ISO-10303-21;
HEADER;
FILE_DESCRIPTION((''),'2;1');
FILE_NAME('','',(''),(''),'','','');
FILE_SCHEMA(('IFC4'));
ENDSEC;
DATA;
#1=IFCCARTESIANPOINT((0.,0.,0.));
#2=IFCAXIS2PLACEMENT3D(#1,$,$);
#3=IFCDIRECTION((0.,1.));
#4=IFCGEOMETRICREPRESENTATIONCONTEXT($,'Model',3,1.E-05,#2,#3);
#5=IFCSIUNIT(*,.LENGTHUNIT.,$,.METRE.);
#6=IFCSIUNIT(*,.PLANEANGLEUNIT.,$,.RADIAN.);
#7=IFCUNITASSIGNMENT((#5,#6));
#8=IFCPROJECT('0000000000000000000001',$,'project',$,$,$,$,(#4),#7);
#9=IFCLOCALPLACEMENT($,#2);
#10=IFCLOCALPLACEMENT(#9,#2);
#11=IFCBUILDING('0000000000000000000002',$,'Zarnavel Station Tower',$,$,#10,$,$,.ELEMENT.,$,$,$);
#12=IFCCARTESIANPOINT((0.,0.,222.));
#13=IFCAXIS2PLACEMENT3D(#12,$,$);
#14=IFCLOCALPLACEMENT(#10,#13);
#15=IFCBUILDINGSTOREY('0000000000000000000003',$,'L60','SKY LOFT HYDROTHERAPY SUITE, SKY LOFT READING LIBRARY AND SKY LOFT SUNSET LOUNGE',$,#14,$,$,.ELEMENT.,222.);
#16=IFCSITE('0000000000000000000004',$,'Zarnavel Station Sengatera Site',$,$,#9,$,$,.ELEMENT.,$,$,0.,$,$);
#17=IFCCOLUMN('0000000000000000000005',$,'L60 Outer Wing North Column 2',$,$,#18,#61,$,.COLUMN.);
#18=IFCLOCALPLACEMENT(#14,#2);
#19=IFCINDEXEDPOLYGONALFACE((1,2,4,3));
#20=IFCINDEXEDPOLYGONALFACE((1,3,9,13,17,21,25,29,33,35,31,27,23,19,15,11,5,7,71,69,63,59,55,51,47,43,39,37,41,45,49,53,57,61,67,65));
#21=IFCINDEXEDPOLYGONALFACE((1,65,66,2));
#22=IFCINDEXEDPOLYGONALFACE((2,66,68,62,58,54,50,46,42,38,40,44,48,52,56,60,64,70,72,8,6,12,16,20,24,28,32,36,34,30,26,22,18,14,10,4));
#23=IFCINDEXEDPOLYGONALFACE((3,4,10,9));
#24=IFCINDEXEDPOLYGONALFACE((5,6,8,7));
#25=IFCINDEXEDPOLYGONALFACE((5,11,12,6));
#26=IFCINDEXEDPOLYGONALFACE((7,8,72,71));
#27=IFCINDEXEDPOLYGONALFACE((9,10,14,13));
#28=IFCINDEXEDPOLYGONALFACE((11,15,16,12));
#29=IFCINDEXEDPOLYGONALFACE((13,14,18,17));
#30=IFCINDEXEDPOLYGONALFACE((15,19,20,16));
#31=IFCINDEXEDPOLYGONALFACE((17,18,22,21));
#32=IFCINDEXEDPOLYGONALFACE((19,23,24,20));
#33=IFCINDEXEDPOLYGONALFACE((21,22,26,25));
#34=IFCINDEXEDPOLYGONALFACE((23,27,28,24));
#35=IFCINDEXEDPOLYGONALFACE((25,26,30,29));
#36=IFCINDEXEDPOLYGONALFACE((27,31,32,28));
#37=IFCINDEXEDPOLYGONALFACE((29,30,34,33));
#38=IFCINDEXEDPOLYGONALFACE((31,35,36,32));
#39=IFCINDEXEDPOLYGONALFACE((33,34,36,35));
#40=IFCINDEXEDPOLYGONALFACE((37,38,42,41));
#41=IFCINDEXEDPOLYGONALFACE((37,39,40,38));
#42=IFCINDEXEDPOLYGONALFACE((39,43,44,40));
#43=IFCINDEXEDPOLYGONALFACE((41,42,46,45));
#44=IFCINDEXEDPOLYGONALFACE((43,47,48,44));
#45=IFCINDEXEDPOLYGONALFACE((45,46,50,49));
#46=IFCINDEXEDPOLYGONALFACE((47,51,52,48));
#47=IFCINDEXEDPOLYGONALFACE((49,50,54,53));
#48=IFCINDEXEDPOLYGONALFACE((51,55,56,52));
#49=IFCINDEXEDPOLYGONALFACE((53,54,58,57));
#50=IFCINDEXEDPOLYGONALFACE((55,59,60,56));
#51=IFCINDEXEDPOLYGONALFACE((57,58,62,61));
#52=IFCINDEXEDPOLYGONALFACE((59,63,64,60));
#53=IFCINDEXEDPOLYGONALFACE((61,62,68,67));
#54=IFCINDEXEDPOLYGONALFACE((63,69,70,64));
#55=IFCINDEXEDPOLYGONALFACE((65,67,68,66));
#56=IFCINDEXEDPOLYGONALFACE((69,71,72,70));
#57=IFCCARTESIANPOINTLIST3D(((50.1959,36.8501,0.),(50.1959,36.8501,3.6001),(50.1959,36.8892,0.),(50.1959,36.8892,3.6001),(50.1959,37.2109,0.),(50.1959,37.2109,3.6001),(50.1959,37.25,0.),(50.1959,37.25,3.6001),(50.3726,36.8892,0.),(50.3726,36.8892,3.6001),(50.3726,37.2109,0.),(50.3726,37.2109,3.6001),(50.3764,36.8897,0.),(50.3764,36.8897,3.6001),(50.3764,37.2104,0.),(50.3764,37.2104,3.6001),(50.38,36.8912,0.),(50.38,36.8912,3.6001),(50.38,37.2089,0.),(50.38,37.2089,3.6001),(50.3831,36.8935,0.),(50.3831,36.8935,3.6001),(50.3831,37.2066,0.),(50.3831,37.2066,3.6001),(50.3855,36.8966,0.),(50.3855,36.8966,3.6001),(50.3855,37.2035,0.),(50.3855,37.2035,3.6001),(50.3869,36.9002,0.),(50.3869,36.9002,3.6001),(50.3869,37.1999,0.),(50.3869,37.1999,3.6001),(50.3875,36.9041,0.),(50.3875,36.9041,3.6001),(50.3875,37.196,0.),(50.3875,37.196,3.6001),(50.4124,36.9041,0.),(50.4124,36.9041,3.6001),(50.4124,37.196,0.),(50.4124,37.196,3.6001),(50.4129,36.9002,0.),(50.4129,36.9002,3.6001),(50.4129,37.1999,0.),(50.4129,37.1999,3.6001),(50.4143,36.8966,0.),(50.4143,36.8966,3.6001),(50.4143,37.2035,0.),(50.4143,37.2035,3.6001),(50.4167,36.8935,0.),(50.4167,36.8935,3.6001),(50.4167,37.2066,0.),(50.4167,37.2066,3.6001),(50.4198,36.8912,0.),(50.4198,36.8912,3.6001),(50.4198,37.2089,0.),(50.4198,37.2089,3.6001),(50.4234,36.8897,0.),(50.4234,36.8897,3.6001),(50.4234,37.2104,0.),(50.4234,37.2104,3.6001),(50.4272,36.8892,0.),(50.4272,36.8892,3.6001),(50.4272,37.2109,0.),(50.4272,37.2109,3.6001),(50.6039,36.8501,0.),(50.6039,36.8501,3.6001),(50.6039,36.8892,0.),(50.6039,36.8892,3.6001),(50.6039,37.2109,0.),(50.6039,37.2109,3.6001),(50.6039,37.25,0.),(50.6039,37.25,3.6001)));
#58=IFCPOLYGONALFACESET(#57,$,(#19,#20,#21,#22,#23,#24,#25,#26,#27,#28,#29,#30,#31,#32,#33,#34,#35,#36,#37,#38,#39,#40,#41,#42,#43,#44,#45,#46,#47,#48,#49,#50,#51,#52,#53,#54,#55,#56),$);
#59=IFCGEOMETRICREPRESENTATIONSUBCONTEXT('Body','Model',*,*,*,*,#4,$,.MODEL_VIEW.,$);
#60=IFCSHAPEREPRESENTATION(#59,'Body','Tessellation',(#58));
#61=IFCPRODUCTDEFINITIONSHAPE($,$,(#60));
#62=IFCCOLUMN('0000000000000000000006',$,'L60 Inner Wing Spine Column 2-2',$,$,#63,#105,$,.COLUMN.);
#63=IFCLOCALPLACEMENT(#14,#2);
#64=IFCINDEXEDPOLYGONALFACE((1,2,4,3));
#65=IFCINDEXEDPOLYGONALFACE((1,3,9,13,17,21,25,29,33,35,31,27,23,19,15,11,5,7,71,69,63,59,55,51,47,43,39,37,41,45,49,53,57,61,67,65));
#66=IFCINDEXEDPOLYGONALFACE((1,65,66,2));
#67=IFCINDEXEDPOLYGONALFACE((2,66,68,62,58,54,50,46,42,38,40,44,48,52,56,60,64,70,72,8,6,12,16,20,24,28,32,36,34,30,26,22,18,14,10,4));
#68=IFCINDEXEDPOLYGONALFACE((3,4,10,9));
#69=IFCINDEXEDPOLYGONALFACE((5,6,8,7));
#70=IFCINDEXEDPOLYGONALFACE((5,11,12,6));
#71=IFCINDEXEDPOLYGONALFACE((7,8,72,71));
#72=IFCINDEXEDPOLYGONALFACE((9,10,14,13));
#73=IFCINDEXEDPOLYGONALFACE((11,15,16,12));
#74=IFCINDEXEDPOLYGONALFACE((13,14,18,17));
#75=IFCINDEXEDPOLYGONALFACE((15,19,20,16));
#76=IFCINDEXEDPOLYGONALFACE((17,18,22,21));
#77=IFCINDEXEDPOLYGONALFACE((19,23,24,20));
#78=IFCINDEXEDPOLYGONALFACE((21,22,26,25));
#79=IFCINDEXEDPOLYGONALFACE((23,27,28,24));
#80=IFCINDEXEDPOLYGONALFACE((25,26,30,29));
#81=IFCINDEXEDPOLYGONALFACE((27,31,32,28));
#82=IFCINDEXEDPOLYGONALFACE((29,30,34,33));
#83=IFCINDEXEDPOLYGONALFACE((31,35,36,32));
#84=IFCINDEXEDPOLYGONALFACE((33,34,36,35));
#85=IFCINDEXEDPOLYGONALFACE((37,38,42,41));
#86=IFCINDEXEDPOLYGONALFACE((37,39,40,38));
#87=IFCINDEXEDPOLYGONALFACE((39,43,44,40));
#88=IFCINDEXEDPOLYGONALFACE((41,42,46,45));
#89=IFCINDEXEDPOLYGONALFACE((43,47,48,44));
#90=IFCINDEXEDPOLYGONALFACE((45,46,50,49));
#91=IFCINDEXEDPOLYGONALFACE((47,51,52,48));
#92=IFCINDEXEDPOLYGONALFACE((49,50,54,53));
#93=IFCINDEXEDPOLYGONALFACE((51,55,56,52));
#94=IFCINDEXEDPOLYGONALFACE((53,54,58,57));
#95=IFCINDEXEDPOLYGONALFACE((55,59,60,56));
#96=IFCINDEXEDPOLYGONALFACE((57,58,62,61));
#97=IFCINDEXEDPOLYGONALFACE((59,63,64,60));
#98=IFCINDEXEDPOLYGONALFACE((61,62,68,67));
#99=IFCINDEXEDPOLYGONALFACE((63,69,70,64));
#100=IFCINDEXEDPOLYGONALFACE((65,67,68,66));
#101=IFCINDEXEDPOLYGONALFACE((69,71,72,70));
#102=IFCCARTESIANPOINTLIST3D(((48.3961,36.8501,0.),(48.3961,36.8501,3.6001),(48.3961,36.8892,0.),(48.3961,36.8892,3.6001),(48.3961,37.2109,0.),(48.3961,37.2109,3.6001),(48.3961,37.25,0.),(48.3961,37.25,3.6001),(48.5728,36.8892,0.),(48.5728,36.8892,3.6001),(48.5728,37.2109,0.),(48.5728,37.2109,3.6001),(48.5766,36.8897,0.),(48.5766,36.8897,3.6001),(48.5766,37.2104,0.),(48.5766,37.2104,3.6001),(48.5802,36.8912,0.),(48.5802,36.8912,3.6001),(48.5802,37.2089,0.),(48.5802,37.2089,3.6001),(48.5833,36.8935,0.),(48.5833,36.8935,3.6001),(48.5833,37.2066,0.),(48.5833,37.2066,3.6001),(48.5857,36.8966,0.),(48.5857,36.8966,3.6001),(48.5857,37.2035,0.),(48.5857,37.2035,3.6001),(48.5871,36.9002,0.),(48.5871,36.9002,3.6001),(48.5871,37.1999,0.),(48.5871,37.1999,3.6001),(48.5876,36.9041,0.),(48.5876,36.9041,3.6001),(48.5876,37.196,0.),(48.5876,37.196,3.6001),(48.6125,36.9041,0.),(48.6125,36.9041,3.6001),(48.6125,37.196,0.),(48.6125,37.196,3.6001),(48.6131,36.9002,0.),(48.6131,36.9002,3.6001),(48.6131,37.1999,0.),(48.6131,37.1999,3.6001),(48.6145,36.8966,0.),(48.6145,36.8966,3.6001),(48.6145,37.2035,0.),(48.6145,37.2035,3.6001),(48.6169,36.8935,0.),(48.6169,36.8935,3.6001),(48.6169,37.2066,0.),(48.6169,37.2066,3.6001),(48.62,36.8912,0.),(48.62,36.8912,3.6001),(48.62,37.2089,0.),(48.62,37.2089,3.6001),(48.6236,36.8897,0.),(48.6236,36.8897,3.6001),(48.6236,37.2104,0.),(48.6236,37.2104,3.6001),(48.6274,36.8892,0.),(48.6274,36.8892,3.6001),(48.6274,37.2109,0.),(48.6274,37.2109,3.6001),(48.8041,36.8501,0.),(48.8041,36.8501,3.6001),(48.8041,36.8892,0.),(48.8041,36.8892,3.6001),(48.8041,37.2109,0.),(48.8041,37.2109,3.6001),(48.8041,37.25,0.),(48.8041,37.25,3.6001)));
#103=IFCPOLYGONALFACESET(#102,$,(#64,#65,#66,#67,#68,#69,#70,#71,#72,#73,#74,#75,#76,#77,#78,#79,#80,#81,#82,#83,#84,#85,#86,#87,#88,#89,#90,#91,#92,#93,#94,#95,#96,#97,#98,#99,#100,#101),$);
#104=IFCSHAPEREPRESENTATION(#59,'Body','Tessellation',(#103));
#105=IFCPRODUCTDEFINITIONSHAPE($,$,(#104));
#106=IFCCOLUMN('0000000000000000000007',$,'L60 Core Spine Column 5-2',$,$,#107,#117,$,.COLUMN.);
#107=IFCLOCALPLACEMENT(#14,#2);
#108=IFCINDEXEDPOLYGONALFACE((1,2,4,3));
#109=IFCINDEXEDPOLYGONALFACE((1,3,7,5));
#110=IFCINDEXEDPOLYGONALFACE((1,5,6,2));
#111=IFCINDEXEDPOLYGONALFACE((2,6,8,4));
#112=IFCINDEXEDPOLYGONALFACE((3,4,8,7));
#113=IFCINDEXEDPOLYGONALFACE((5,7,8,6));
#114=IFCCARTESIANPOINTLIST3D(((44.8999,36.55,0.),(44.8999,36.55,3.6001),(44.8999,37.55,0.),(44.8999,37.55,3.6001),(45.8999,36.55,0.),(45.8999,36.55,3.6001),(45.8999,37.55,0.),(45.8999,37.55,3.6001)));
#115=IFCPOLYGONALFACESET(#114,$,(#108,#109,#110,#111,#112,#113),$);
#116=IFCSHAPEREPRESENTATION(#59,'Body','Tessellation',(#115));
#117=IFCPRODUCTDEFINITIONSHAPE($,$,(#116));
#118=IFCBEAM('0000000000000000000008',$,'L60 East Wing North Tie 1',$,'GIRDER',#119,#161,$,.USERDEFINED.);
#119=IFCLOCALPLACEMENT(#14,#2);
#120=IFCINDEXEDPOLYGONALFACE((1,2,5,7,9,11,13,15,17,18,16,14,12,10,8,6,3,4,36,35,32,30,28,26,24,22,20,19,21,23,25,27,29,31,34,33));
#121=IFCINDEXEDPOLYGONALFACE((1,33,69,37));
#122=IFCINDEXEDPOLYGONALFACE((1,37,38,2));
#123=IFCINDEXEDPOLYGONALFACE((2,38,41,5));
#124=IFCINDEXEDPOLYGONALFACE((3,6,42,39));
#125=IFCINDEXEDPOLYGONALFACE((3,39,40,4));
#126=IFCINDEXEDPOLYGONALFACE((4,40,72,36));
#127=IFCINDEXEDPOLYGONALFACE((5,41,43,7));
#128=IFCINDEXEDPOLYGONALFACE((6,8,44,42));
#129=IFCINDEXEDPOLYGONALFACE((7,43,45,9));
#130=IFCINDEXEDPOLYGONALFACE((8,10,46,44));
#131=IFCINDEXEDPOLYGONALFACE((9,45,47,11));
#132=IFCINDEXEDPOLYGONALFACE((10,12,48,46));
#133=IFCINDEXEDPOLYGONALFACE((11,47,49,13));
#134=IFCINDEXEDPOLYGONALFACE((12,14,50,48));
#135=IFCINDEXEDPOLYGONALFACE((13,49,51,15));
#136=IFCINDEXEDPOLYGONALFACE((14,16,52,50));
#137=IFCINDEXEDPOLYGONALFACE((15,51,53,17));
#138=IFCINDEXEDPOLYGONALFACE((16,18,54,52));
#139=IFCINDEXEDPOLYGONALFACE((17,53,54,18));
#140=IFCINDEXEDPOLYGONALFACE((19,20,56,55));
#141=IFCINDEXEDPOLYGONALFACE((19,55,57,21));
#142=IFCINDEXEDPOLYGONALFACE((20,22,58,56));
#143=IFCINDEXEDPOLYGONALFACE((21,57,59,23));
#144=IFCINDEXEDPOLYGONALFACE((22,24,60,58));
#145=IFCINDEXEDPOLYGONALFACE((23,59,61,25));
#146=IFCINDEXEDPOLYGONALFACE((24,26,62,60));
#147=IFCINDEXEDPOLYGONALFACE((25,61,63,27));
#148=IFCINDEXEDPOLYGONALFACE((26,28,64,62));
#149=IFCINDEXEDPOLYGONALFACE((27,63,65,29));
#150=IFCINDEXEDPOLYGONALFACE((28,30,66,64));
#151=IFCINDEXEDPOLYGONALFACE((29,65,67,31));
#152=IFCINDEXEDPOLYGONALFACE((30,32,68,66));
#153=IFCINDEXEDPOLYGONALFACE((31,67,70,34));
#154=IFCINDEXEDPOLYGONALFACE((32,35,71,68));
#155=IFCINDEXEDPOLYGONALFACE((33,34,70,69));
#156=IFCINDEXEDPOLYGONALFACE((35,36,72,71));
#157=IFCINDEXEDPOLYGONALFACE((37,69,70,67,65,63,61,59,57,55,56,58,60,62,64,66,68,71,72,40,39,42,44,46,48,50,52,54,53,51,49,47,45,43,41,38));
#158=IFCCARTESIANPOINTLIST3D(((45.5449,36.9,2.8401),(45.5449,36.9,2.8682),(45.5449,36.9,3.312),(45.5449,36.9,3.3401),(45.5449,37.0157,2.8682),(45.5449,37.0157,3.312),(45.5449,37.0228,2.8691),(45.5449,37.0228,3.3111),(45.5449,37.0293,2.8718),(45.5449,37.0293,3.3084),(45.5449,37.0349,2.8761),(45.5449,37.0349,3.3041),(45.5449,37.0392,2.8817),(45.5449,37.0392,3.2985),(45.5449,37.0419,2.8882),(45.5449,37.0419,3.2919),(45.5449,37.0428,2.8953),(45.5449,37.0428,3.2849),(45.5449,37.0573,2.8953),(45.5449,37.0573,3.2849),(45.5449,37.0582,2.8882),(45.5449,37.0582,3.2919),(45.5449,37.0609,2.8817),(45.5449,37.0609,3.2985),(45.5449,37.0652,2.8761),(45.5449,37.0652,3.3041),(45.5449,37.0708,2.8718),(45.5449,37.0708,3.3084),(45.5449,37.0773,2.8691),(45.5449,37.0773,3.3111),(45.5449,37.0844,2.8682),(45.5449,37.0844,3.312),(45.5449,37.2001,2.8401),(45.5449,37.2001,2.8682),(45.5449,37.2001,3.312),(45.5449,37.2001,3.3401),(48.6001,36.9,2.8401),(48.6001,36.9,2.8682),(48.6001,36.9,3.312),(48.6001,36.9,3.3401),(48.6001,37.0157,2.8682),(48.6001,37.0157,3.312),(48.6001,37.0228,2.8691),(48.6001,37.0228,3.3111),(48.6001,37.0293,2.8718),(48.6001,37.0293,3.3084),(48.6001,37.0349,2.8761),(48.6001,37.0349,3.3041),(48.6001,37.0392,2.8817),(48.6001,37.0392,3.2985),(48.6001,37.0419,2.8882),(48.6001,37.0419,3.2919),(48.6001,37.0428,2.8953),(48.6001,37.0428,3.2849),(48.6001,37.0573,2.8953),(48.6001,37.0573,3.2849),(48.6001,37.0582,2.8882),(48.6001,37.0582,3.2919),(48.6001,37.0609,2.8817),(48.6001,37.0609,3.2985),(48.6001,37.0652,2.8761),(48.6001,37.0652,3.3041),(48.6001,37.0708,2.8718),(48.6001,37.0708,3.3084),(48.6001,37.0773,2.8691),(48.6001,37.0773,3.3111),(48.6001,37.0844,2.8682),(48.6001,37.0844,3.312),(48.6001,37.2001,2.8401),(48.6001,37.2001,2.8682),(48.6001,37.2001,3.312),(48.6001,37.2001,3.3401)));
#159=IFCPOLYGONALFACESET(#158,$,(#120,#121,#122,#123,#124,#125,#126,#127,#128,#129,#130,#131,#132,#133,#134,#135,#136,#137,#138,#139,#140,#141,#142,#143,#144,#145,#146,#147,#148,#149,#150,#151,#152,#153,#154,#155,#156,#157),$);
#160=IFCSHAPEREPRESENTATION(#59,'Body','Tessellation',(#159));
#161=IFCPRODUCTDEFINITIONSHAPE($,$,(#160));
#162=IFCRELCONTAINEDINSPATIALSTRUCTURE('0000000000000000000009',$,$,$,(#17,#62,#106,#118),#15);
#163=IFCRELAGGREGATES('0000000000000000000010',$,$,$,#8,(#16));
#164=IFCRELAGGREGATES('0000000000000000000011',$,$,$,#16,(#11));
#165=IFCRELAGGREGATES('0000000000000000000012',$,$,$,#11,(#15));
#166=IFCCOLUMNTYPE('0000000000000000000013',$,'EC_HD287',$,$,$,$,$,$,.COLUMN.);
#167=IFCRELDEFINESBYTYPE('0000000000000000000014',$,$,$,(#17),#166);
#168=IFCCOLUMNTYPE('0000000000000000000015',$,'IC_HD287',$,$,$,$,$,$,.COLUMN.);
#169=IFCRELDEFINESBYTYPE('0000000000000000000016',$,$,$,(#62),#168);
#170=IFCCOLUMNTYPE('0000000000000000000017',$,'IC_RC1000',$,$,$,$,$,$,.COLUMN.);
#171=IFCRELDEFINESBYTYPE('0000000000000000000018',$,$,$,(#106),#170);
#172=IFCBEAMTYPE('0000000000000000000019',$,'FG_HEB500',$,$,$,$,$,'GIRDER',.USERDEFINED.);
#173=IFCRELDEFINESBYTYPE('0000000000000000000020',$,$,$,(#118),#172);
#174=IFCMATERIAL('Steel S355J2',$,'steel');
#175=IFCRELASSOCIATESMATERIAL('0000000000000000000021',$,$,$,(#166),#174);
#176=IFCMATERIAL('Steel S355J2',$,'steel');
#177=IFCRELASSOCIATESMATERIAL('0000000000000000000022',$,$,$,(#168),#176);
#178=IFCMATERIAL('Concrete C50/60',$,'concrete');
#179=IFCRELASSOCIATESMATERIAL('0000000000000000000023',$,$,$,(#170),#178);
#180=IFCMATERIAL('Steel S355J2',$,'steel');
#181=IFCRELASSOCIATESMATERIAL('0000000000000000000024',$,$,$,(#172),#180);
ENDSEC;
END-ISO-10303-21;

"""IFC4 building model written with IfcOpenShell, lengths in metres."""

from ifc_helpers import new_model, si_unit, direction, frame, origin, origin_2d, place, context, subcontext, project, spatial, rectangle, i_section, extrude, material, material_profile, profile_set, type_object, element, save


model = new_model("IFC4")

# Units and contexts
model_context = context("Model", 3, precision=1e-05, world=origin(), true_north=direction((0.0, 1.0)))
body_context = subcontext(model_context, "Body", "Model", "MODEL_VIEW")
ifc_project = project(units=[si_unit("LENGTHUNIT", "METRE"), si_unit("PLANEANGLEUNIT", "RADIAN")], contexts=[model_context])

# Site, building, storey
site_placement = place(None, origin())
site = spatial("IfcSite", under=ifc_project, at=site_placement, Name="Zarnavel Station Sengatera Site", CompositionType="ELEMENT", RefElevation=0.0)
building_placement = place(site_placement, origin())
building = spatial("IfcBuilding", under=site, at=building_placement, Name="Zarnavel Station Tower", CompositionType="ELEMENT")
storey_placement = place(building_placement, frame((0.0, 0.0, 222.0)))
storey = spatial("IfcBuildingStorey", under=building, at=storey_placement, Name="L60", Description="SKY LOFT HYDROTHERAPY SUITE, SKY LOFT READING LIBRARY AND SKY LOFT SUNSET LOUNGE", CompositionType="ELEMENT", Elevation=222.0)

# Columns
ifc_material_1 = material(Name="Steel S355J2", Category="steel")
ifc_material_profile_1 = material_profile(ifc_material_1, i_section(OverallWidth=0.408, OverallDepth=0.3999, WebThickness=0.0249, FlangeThickness=0.0391, FilletRadius=0.0149, at=origin_2d()), Name="HD400x287")
ifc_profile_set_1 = profile_set([ifc_material_profile_1], Name="Steel S355J2")
column_type_1 = type_object("IfcColumnType", Name="EC_HD287", PredefinedType="COLUMN", material=ifc_profile_set_1)
column_1_placement = place(storey_placement, frame((50.3999, 37.05, 0.0), z_axis=(0.0, 0.0, 1.0), x_axis=(1.0, 0.0, 0.0)))
element("IfcColumn", 1, at=column_1_placement, inside=storey, type_object=column_type_1, Name="L60 Outer Wing North Column 2", PredefinedType="COLUMN", context=body_context, shape_type="SweptSolid", body=[
    extrude(i_section(OverallWidth=0.408, OverallDepth=0.3999, WebThickness=0.0249, FlangeThickness=0.0391, FilletRadius=0.0149, at=origin_2d()), origin(), (0.0, 0.0, 1.0), 3.6001),
])
ifc_material_2 = material(Name="Steel S355J2", Category="steel")
ifc_material_profile_2 = material_profile(ifc_material_2, i_section(OverallWidth=0.408, OverallDepth=0.3999, WebThickness=0.0249, FlangeThickness=0.0391, FilletRadius=0.0149, at=origin_2d()), Name="HD400x287")
ifc_profile_set_2 = profile_set([ifc_material_profile_2], Name="Steel S355J2")
column_type_2 = type_object("IfcColumnType", Name="IC_HD287", PredefinedType="COLUMN", material=ifc_profile_set_2)
column_2_placement = place(storey_placement, frame((48.6001, 37.05, 0.0), z_axis=(0.0, 0.0, 1.0), x_axis=(1.0, 0.0, 0.0)))
element("IfcColumn", 2, at=column_2_placement, inside=storey, type_object=column_type_2, Name="L60 Inner Wing Spine Column 2-2", PredefinedType="COLUMN", context=body_context, shape_type="SweptSolid", body=[
    extrude(i_section(OverallWidth=0.408, OverallDepth=0.3999, WebThickness=0.0249, FlangeThickness=0.0391, FilletRadius=0.0149, at=origin_2d()), origin(), (0.0, 0.0, 1.0), 3.6001),
])
ifc_material_3 = material(Name="Concrete C50/60", Category="concrete")
ifc_material_profile_3 = material_profile(ifc_material_3, rectangle(XDim=1.0, YDim=1.0, at=origin_2d()), Name="RC1000x1000")
ifc_profile_set_3 = profile_set([ifc_material_profile_3], Name="Concrete C50/60")
column_type_3 = type_object("IfcColumnType", Name="IC_RC1000", PredefinedType="COLUMN", material=ifc_profile_set_3)
column_3_placement = place(storey_placement, frame((45.3999, 37.05, 0.0), z_axis=(0.0, 0.0, 1.0), x_axis=(1.0, 0.0, 0.0)))
element("IfcColumn", 3, at=column_3_placement, inside=storey, type_object=column_type_3, Name="L60 Core Spine Column 5-2", PredefinedType="COLUMN", context=body_context, shape_type="SweptSolid", body=[
    extrude(rectangle(XDim=1.0, YDim=1.0, at=origin_2d()), origin(), (0.0, 0.0, 1.0), 3.6001),
])

# Beam
ifc_material_4 = material(Name="Steel S355J2", Category="steel")
ifc_material_profile_4 = material_profile(ifc_material_4, i_section(OverallWidth=0.3, OverallDepth=0.5, WebThickness=0.0144, FlangeThickness=0.0281, FilletRadius=0.0271, at=origin_2d()), Name="HEB500")
ifc_profile_set_4 = profile_set([ifc_material_profile_4], Name="Steel S355J2")
beam_type = type_object("IfcBeamType", Name="FG_HEB500", ElementType="GIRDER", PredefinedType="USERDEFINED", material=ifc_profile_set_4)
beam_1_placement = place(storey_placement, frame((45.5449, 37.05, 3.0901), z_axis=(1.0, 0.0, 0.0), x_axis=(0.0, 1.0, 0.0)))
element("IfcBeam", 4, at=beam_1_placement, inside=storey, type_object=beam_type, Name="L60 East Wing North Tie 1", ObjectType="GIRDER", PredefinedType="USERDEFINED", context=body_context, shape_type="SweptSolid", body=[
    extrude(i_section(OverallWidth=0.3, OverallDepth=0.5, WebThickness=0.0144, FlangeThickness=0.0281, FilletRadius=0.0271, at=origin_2d()), origin(), (0.0, 0.0, 1.0), 3.0552),
])

save(model, "model.ifc")
